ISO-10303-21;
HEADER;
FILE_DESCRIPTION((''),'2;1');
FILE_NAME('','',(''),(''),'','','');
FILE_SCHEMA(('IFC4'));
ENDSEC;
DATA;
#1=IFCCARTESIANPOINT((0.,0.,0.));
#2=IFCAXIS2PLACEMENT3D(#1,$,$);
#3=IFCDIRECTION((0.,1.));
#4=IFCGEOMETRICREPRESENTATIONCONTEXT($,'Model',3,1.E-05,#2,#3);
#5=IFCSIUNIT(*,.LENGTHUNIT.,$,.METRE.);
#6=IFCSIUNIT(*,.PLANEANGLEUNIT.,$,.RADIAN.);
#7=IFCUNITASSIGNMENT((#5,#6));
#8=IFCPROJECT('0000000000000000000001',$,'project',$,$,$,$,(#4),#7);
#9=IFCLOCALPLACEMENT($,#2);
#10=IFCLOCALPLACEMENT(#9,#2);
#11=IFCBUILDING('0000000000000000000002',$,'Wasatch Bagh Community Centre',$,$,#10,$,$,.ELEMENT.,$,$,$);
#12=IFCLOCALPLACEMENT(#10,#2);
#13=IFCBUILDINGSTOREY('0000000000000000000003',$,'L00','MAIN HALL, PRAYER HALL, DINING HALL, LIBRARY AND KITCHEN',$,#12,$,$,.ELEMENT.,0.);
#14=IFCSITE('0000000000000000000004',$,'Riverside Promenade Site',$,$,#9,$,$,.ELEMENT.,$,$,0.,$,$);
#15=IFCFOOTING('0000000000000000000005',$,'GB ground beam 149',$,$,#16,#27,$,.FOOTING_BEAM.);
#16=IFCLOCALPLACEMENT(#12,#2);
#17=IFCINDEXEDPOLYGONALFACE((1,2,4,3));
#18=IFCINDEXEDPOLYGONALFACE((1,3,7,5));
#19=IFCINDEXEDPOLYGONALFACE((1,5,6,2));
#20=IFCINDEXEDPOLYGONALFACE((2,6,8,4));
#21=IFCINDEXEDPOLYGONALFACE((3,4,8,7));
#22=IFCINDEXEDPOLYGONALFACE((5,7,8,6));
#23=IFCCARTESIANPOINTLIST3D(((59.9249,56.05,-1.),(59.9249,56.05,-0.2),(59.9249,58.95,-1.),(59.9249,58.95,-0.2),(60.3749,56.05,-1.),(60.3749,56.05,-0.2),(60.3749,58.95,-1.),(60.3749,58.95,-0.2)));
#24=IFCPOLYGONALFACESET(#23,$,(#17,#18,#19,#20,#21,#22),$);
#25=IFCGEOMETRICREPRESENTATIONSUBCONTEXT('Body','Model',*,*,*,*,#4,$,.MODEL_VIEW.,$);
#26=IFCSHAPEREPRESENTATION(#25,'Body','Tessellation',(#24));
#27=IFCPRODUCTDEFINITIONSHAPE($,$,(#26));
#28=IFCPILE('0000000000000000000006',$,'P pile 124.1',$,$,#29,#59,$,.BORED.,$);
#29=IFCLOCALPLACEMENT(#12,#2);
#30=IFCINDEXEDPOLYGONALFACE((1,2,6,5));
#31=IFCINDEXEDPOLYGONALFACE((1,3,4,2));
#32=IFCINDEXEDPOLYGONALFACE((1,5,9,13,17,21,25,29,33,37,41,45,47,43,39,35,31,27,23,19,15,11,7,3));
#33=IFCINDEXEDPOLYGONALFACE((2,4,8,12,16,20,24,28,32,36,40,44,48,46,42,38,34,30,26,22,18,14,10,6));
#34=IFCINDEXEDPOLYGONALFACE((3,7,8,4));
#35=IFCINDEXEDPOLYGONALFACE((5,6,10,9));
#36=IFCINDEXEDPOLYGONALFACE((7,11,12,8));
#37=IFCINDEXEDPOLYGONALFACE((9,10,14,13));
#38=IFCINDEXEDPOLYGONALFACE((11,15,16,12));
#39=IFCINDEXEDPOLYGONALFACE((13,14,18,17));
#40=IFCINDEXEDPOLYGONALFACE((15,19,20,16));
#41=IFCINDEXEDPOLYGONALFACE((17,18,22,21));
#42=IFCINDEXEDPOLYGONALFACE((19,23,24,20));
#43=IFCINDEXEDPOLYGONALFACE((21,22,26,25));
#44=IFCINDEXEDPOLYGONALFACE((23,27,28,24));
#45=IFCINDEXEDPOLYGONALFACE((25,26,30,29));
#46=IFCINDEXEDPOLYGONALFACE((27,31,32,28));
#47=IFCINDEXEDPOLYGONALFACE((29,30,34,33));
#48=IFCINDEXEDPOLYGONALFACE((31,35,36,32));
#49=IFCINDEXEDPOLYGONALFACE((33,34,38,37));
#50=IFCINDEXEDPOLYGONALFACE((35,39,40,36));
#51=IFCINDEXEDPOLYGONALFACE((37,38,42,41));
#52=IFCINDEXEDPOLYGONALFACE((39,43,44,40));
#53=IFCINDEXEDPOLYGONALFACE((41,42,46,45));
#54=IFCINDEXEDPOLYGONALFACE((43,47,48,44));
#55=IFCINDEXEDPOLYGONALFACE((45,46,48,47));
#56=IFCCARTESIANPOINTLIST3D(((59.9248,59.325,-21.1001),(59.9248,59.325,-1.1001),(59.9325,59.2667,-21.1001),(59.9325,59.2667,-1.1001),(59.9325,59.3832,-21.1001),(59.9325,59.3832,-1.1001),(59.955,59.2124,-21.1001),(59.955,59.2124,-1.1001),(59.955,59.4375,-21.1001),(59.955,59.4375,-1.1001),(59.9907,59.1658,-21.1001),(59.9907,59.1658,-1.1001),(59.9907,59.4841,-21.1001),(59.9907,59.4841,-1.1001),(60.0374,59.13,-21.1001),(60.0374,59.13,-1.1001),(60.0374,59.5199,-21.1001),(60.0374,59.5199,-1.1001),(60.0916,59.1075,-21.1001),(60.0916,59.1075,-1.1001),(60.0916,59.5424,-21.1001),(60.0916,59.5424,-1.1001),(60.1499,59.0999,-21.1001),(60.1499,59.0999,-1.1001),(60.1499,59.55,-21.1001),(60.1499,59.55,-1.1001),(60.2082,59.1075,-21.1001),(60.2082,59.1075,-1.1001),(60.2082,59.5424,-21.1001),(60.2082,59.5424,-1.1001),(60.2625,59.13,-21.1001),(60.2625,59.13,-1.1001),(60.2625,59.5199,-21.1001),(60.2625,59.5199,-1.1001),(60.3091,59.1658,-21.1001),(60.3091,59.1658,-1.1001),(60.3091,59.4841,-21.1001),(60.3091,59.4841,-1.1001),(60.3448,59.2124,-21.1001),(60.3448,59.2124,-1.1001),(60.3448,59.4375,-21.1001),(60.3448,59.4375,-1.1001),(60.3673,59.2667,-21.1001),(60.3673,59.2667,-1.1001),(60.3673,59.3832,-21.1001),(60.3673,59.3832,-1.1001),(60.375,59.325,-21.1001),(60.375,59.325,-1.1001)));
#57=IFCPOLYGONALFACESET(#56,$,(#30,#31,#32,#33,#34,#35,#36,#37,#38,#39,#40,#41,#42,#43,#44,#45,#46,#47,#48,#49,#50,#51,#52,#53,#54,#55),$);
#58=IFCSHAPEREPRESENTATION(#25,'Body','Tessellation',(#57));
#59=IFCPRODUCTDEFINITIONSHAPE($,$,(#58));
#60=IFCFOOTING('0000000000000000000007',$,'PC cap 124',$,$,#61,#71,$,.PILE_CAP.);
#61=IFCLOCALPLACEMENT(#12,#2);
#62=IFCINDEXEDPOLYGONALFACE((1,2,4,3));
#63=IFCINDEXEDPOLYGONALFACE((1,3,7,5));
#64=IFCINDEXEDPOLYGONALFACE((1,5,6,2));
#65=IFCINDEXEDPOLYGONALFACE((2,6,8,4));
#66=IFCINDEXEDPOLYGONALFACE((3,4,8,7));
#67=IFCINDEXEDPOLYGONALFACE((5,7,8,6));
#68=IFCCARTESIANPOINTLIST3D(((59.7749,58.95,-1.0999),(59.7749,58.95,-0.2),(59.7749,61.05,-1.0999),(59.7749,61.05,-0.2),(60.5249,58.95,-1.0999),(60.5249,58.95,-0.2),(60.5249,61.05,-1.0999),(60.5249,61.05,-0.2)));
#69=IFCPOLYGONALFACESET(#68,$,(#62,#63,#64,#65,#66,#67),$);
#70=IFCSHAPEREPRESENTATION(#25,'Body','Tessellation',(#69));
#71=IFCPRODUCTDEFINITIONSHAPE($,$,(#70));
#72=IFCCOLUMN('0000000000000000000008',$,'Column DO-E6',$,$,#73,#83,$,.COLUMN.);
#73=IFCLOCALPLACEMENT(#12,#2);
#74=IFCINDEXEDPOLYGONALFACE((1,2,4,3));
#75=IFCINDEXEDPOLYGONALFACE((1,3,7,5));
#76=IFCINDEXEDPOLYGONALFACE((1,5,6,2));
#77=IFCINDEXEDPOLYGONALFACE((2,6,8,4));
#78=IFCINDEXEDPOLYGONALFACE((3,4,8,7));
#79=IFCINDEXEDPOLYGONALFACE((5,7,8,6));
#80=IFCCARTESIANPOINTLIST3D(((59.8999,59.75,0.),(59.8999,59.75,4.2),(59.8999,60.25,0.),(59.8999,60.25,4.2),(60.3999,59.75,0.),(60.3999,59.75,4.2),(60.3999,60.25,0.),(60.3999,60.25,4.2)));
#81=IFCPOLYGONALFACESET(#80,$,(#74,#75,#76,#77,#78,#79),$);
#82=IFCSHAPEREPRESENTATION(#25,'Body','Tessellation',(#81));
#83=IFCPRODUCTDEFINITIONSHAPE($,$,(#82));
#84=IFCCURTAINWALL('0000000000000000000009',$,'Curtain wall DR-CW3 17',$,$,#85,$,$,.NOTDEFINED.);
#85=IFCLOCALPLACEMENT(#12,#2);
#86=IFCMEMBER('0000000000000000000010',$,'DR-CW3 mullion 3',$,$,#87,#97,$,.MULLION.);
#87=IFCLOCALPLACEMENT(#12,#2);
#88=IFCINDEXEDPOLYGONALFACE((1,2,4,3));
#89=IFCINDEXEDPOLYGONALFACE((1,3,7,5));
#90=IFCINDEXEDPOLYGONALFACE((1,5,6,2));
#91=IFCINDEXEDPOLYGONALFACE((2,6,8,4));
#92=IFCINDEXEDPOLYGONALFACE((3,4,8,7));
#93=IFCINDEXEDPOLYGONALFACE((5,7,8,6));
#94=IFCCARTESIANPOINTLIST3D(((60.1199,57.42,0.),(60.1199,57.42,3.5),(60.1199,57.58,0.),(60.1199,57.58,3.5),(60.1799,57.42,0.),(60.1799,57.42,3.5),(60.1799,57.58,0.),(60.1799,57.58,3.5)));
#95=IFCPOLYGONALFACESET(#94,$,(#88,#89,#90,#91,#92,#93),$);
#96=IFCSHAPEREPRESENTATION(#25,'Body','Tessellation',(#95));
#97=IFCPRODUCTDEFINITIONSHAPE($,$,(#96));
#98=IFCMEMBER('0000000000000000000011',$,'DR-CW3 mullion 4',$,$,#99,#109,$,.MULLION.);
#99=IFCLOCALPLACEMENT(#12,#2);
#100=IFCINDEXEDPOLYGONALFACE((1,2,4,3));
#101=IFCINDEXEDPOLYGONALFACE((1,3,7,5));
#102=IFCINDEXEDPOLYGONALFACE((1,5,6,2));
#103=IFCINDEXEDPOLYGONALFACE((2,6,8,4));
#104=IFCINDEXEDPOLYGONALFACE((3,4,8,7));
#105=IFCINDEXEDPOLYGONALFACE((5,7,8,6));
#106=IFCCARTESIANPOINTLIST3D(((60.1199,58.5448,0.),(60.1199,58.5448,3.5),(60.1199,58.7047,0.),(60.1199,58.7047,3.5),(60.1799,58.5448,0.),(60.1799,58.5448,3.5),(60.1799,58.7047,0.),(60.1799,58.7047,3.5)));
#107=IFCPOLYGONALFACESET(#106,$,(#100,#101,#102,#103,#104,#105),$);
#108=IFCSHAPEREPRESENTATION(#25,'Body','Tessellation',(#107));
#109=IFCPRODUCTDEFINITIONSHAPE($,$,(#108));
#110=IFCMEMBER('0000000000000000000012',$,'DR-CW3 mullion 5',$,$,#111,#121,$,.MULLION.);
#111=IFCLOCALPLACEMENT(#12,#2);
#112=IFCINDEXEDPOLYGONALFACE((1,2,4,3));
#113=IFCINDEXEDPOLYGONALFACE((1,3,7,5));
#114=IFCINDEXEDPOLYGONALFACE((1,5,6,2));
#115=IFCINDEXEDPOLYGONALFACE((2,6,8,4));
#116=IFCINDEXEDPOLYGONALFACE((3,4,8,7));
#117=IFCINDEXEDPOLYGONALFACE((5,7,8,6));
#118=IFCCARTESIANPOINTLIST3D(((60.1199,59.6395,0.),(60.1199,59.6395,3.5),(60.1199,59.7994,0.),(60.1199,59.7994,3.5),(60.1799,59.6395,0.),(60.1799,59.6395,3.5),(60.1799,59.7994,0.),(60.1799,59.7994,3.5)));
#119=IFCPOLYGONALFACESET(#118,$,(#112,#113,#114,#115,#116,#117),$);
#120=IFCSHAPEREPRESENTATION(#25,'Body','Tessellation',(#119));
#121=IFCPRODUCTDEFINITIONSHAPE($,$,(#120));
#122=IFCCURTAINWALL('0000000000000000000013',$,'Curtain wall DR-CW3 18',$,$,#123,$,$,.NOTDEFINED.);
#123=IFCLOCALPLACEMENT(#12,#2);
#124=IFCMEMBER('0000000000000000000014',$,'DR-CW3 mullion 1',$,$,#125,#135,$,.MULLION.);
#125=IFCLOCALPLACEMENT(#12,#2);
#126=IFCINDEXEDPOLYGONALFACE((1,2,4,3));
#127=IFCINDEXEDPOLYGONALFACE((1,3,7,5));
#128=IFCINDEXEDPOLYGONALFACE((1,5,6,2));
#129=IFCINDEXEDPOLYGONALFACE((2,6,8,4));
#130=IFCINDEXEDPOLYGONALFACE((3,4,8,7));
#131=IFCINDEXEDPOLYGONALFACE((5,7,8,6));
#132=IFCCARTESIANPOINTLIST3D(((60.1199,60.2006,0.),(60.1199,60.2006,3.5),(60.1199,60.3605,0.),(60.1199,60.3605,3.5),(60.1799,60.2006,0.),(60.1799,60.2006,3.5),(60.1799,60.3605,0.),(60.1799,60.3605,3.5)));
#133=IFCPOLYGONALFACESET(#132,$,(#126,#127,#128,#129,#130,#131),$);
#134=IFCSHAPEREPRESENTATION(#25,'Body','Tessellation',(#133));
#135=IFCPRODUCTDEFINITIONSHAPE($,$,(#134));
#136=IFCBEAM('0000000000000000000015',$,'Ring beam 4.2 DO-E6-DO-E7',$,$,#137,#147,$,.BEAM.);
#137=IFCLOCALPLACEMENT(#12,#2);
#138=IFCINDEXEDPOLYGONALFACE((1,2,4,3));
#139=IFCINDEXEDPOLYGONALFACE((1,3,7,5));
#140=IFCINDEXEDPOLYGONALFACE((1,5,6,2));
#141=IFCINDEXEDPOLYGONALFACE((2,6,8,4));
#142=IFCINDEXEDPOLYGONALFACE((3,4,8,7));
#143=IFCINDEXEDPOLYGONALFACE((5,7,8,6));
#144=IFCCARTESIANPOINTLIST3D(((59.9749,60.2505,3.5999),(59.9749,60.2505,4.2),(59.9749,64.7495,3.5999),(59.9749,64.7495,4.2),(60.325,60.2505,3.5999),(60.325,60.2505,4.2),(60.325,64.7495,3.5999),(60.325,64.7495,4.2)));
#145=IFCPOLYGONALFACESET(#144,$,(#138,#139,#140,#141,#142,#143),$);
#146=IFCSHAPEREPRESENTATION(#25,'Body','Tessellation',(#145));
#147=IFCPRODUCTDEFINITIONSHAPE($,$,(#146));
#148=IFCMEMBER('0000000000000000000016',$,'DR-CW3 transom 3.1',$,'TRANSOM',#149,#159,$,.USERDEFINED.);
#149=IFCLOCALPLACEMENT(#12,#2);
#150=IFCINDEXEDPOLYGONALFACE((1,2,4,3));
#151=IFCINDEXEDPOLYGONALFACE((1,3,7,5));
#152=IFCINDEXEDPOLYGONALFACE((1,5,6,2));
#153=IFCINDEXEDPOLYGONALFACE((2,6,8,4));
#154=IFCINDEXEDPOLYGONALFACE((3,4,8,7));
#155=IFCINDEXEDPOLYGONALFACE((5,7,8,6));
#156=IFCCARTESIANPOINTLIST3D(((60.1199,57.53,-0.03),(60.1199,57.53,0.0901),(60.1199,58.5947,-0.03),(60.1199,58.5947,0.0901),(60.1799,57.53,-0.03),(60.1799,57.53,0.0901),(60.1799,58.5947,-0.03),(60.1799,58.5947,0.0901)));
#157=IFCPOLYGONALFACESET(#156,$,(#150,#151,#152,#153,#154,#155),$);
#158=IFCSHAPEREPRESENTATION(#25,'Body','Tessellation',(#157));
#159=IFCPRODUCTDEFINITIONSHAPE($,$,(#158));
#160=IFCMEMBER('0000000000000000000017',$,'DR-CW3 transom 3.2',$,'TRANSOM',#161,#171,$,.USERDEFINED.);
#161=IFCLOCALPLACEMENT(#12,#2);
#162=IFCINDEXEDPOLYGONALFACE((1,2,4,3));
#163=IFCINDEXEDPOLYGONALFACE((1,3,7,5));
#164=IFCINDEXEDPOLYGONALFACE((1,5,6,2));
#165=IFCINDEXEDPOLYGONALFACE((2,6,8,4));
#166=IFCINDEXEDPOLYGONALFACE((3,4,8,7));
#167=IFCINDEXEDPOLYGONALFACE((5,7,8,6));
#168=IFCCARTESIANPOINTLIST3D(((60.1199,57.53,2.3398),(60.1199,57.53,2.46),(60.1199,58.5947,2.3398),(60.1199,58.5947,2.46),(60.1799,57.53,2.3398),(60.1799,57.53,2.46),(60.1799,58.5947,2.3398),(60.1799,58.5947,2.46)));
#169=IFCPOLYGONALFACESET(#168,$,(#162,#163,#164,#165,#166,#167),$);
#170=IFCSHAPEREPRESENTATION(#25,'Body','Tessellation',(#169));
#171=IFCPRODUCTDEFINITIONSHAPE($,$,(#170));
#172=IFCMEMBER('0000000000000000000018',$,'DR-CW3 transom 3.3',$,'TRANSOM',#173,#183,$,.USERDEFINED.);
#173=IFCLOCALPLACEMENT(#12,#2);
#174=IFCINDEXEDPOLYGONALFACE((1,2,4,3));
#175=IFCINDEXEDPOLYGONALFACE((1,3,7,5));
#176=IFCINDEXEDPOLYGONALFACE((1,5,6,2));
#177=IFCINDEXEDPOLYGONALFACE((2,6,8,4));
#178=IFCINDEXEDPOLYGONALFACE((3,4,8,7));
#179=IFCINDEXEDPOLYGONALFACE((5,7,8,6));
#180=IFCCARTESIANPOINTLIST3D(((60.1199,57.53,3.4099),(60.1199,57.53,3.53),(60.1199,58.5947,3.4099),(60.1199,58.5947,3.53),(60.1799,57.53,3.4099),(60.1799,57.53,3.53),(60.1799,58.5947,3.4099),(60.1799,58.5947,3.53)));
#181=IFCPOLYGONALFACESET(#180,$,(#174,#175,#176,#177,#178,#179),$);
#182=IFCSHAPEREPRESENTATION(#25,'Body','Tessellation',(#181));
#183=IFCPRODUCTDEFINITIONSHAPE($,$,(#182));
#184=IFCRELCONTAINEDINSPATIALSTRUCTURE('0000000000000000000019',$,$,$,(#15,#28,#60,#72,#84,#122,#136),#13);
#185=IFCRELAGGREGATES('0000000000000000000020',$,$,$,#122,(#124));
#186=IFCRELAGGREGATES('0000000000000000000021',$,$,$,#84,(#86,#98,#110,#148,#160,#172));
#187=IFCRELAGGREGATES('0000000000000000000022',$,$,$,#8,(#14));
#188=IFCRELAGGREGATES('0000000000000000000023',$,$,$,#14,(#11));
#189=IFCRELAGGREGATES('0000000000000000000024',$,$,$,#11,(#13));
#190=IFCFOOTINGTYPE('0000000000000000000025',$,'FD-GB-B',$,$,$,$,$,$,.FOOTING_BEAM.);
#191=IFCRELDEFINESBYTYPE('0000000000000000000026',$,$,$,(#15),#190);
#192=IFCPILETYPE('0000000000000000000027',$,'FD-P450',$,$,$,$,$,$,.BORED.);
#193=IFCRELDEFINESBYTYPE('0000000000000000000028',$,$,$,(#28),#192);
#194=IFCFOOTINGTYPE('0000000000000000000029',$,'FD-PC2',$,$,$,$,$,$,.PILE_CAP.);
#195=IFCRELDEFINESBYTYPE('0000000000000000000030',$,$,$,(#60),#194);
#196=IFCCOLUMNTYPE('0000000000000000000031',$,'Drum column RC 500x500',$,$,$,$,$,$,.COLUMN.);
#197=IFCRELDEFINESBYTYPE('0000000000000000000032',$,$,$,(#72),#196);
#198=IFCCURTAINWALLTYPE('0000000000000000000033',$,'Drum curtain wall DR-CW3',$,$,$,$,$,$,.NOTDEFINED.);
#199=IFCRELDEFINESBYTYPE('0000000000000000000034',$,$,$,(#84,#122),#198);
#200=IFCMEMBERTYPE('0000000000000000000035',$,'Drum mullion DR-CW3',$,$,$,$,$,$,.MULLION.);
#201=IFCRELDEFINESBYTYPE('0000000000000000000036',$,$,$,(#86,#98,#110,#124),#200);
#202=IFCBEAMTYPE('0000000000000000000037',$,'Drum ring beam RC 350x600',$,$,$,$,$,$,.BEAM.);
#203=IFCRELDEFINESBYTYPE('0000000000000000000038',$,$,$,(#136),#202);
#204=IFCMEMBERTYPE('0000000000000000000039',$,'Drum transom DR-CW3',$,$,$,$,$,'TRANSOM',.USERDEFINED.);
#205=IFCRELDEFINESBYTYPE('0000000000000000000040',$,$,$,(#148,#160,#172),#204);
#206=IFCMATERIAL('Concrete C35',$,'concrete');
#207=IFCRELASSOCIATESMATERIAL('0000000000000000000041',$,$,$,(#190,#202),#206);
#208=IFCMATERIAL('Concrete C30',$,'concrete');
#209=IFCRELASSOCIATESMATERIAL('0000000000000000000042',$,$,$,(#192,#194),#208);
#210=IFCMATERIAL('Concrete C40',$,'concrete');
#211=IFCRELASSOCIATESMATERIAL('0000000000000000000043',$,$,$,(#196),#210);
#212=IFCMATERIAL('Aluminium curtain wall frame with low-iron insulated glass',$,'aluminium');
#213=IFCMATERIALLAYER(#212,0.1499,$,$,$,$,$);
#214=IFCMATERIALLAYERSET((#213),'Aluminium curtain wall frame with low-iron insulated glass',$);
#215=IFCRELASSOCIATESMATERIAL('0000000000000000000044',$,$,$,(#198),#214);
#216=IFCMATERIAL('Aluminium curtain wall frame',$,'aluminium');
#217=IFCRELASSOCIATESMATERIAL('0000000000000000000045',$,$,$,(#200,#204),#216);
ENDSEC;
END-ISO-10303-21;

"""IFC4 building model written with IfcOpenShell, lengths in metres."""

from ifc_helpers import new_model, si_unit, direction, frame, origin, origin_2d, place, context, subcontext, project, spatial, rectangle, circle, extrude, material, layer, layer_set, material_profile, profile_set, type_object, element, aggregate, save


model = new_model("IFC4")

# Units and contexts
model_context = context("Model", 3, precision=1e-05, world=origin(), true_north=direction((0.0, 1.0)))
body_context = subcontext(model_context, "Body", "Model", "MODEL_VIEW")
ifc_project = project(units=[si_unit("LENGTHUNIT", "METRE"), si_unit("PLANEANGLEUNIT", "RADIAN")], contexts=[model_context])

# Site, building, storey
site_placement = place(None, origin())
site = spatial("IfcSite", under=ifc_project, at=site_placement, Name="Riverside Promenade Site", CompositionType="ELEMENT", RefElevation=0.0)
building_placement = place(site_placement, origin())
building = spatial("IfcBuilding", under=site, at=building_placement, Name="Wasatch Bagh Community Centre", CompositionType="ELEMENT")
storey_placement = place(building_placement, origin())
storey = spatial("IfcBuildingStorey", under=building, at=storey_placement, Name="L00", Description="MAIN HALL, PRAYER HALL, DINING HALL, LIBRARY AND KITCHEN", CompositionType="ELEMENT", Elevation=0.0)

# Footing
ifc_material_1 = material(Name="Concrete C35", Category="concrete")
footing_type_1 = type_object("IfcFootingType", Name="FD-GB-B", PredefinedType="FOOTING_BEAM", material=ifc_material_1)
footing_1_placement = place(storey_placement, frame((60.1499, 57.5, -1.0), z_axis=(0.0, 0.0, 1.0), x_axis=(0.0, 1.0, 0.0)))
element("IfcFooting", 1, at=footing_1_placement, inside=storey, type_object=footing_type_1, Name="GB ground beam 149", PredefinedType="FOOTING_BEAM", context=body_context, shape_type="SweptSolid", body=[
    extrude(rectangle(XDim=2.8999, YDim=0.45, at=origin_2d()), origin(), (0.0, 0.0, 1.0), 0.8),
])

# Pile
ifc_material_2 = material(Name="Concrete C30", Category="concrete")
ifc_material_profile_1 = material_profile(ifc_material_2, circle(Radius=0.2251, at=origin_2d()), Name="RC D450")
ifc_profile_set_1 = profile_set([ifc_material_profile_1], Name="Concrete C30")
pile_type = type_object("IfcPileType", Name="FD-P450", PredefinedType="BORED", material=ifc_profile_set_1)
pile_placement = place(storey_placement, frame((60.1499, 59.325, -1.1001), z_axis=(0.0, 0.0, -1.0), x_axis=(1.0, 0.0, 0.0)))
element("IfcPile", 2, at=pile_placement, inside=storey, type_object=pile_type, Name="P pile 124.1", PredefinedType="BORED", context=body_context, shape_type="SweptSolid", body=[
    extrude(circle(Radius=0.2251, at=origin_2d()), origin(), (0.0, 0.0, 1.0), 20.0),
])

# Footing
footing_type_2 = type_object("IfcFootingType", Name="FD-PC2", PredefinedType="PILE_CAP", material=ifc_material_2)
footing_2_placement = place(storey_placement, frame((60.1499, 60.0, -1.0999), z_axis=(0.0, 0.0, 1.0), x_axis=(0.0, 1.0, 0.0)))
element("IfcFooting", 3, at=footing_2_placement, inside=storey, type_object=footing_type_2, Name="PC cap 124", PredefinedType="PILE_CAP", context=body_context, shape_type="SweptSolid", body=[
    extrude(rectangle(XDim=2.1001, YDim=0.75, at=origin_2d()), origin(), (0.0, 0.0, 1.0), 0.8999),
])

# Column
ifc_material_3 = material(Name="Concrete C40", Category="concrete")
ifc_material_profile_2 = material_profile(ifc_material_3, rectangle(XDim=0.5, YDim=0.5, at=origin_2d()), Name="RC 500x500")
ifc_profile_set_2 = profile_set([ifc_material_profile_2], Name="Concrete C40")
column_type = type_object("IfcColumnType", Name="Drum column RC 500x500", PredefinedType="COLUMN", material=ifc_profile_set_2)
column_placement = place(storey_placement, frame((60.1499, 60.0, 0.0), z_axis=(0.0, 0.0, 1.0), x_axis=(1.0, 0.0, 0.0)))
element("IfcColumn", 4, at=column_placement, inside=storey, type_object=column_type, Name="Column DO-E6", PredefinedType="COLUMN", context=body_context, shape_type="SweptSolid", body=[
    extrude(rectangle(XDim=0.5, YDim=0.5, at=origin_2d()), origin(), (0.0, 0.0, 1.0), 4.2),
])

# Curtain wall, members
ifc_material_4 = material(Name="Aluminium curtain wall frame with low-iron insulated glass", Category="aluminium")
ifc_layer_1 = layer(ifc_material_4, 0.1499)
ifc_layer_set_1 = layer_set([ifc_layer_1], Name="Aluminium curtain wall frame with low-iron insulated glass")
curtain_wall_type = type_object("IfcCurtainWallType", Name="Drum curtain wall DR-CW3", PredefinedType="NOTDEFINED", material=ifc_layer_set_1)
curtain_wall_1_placement = place(storey_placement, origin())
curtain_wall_1 = element("IfcCurtainWall", 5, at=curtain_wall_1_placement, inside=storey, type_object=curtain_wall_type, Name="Curtain wall DR-CW3 17", PredefinedType="NOTDEFINED")
ifc_material_5 = material(Name="Aluminium curtain wall frame", Category="aluminium")
ifc_material_profile_3 = material_profile(ifc_material_5, rectangle(XDim=0.0601, YDim=0.1599, at=origin_2d()), Name="Drum mullion DR-CW3")
ifc_profile_set_3 = profile_set([ifc_material_profile_3], Name="Aluminium curtain wall frame")
member_type_1 = type_object("IfcMemberType", Name="Drum mullion DR-CW3", PredefinedType="MULLION", material=ifc_profile_set_3)
member_1_placement = place(storey_placement, frame((60.1499, 57.5, 0.0), z_axis=(0.0, 0.0, 1.0), x_axis=(-1.0, 0.0, 0.0)))
member_1 = element("IfcMember", 6, at=member_1_placement, type_object=member_type_1, Name="DR-CW3 mullion 3", PredefinedType="MULLION", context=body_context, shape_type="SweptSolid", body=[
    extrude(rectangle(XDim=0.0601, YDim=0.1599, at=origin_2d()), origin(), (0.0, 0.0, 1.0), 3.5),
])
member_2_placement = place(storey_placement, frame((60.1499, 58.6248, 0.0), z_axis=(0.0, 0.0, 1.0), x_axis=(-1.0, 0.0, 0.0)))
member_2 = element("IfcMember", 7, at=member_2_placement, type_object=member_type_1, Name="DR-CW3 mullion 4", PredefinedType="MULLION", context=body_context, shape_type="SweptSolid", body=[
    extrude(rectangle(XDim=0.0601, YDim=0.1599, at=origin_2d()), origin(), (0.0, 0.0, 1.0), 3.5),
])
member_3_placement = place(storey_placement, frame((60.1499, 59.7195, 0.0), z_axis=(0.0, 0.0, 1.0), x_axis=(-1.0, 0.0, 0.0)))
member_3 = element("IfcMember", 8, at=member_3_placement, type_object=member_type_1, Name="DR-CW3 mullion 5", PredefinedType="MULLION", context=body_context, shape_type="SweptSolid", body=[
    extrude(rectangle(XDim=0.0601, YDim=0.1599, at=origin_2d()), origin(), (0.0, 0.0, 1.0), 3.5),
])

# Curtain wall, member
curtain_wall_2_placement = place(storey_placement, origin())
curtain_wall_2 = element("IfcCurtainWall", 9, at=curtain_wall_2_placement, inside=storey, type_object=curtain_wall_type, Name="Curtain wall DR-CW3 18", PredefinedType="NOTDEFINED")
member_4_placement = place(storey_placement, frame((60.1499, 60.2805, 0.0), z_axis=(0.0, 0.0, 1.0), x_axis=(-1.0, 0.0, 0.0)))
member_4 = element("IfcMember", 10, at=member_4_placement, type_object=member_type_1, Name="DR-CW3 mullion 1", PredefinedType="MULLION", context=body_context, shape_type="SweptSolid", body=[
    extrude(rectangle(XDim=0.0601, YDim=0.1599, at=origin_2d()), origin(), (0.0, 0.0, 1.0), 3.5),
])

# Beam
ifc_material_profile_4 = material_profile(ifc_material_1, rectangle(XDim=0.3501, YDim=0.6001, at=origin_2d()), Name="RC 350x600")
ifc_profile_set_4 = profile_set([ifc_material_profile_4], Name="Concrete C35")
beam_type = type_object("IfcBeamType", Name="Drum ring beam RC 350x600", PredefinedType="BEAM", material=ifc_profile_set_4)
beam_placement = place(storey_placement, frame((60.1499, 60.2505, 3.8999), z_axis=(0.0, 1.0, 0.0), x_axis=(-1.0, 0.0, 0.0)))
element("IfcBeam", 11, at=beam_placement, inside=storey, type_object=beam_type, Name="Ring beam 4.2 DO-E6-DO-E7", PredefinedType="BEAM", context=body_context, shape_type="SweptSolid", body=[
    extrude(rectangle(XDim=0.3501, YDim=0.6001, at=origin_2d()), origin(), (0.0, 0.0, 1.0), 4.499),
])

# Members
ifc_material_profile_5 = material_profile(ifc_material_5, rectangle(XDim=0.0601, YDim=0.1201, at=origin_2d()), Name="Drum transom DR-CW3")
ifc_profile_set_5 = profile_set([ifc_material_profile_5], Name="Aluminium curtain wall frame")
member_type_2 = type_object("IfcMemberType", Name="Drum transom DR-CW3", ElementType="TRANSOM", PredefinedType="USERDEFINED", material=ifc_profile_set_5)
member_5_placement = place(storey_placement, frame((60.1499, 57.53, 0.03), z_axis=(0.0, 1.0, 0.0), x_axis=(-1.0, 0.0, 0.0)))
member_5 = element("IfcMember", 12, at=member_5_placement, type_object=member_type_2, Name="DR-CW3 transom 3.1", ObjectType="TRANSOM", PredefinedType="USERDEFINED", context=body_context, shape_type="SweptSolid", body=[
    extrude(rectangle(XDim=0.0601, YDim=0.1201, at=origin_2d()), origin(), (0.0, 0.0, 1.0), 1.0647),
])
member_6_placement = place(storey_placement, frame((60.1499, 57.53, 2.3999), z_axis=(0.0, 1.0, 0.0), x_axis=(-1.0, 0.0, 0.0)))
member_6 = element("IfcMember", 13, at=member_6_placement, type_object=member_type_2, Name="DR-CW3 transom 3.2", ObjectType="TRANSOM", PredefinedType="USERDEFINED", context=body_context, shape_type="SweptSolid", body=[
    extrude(rectangle(XDim=0.0601, YDim=0.1201, at=origin_2d()), origin(), (0.0, 0.0, 1.0), 1.0647),
])
member_7_placement = place(storey_placement, frame((60.1499, 57.53, 3.47), z_axis=(0.0, 1.0, 0.0), x_axis=(-1.0, 0.0, 0.0)))
member_7 = element("IfcMember", 14, at=member_7_placement, type_object=member_type_2, Name="DR-CW3 transom 3.3", ObjectType="TRANSOM", PredefinedType="USERDEFINED", context=body_context, shape_type="SweptSolid", body=[
    extrude(rectangle(XDim=0.0601, YDim=0.1201, at=origin_2d()), origin(), (0.0, 0.0, 1.0), 1.0647),
])
aggregate(curtain_wall_2, [member_4])

aggregate(curtain_wall_1, [member_1, member_2, member_3, member_5, member_6, member_7])

save(model, "model.ifc")
